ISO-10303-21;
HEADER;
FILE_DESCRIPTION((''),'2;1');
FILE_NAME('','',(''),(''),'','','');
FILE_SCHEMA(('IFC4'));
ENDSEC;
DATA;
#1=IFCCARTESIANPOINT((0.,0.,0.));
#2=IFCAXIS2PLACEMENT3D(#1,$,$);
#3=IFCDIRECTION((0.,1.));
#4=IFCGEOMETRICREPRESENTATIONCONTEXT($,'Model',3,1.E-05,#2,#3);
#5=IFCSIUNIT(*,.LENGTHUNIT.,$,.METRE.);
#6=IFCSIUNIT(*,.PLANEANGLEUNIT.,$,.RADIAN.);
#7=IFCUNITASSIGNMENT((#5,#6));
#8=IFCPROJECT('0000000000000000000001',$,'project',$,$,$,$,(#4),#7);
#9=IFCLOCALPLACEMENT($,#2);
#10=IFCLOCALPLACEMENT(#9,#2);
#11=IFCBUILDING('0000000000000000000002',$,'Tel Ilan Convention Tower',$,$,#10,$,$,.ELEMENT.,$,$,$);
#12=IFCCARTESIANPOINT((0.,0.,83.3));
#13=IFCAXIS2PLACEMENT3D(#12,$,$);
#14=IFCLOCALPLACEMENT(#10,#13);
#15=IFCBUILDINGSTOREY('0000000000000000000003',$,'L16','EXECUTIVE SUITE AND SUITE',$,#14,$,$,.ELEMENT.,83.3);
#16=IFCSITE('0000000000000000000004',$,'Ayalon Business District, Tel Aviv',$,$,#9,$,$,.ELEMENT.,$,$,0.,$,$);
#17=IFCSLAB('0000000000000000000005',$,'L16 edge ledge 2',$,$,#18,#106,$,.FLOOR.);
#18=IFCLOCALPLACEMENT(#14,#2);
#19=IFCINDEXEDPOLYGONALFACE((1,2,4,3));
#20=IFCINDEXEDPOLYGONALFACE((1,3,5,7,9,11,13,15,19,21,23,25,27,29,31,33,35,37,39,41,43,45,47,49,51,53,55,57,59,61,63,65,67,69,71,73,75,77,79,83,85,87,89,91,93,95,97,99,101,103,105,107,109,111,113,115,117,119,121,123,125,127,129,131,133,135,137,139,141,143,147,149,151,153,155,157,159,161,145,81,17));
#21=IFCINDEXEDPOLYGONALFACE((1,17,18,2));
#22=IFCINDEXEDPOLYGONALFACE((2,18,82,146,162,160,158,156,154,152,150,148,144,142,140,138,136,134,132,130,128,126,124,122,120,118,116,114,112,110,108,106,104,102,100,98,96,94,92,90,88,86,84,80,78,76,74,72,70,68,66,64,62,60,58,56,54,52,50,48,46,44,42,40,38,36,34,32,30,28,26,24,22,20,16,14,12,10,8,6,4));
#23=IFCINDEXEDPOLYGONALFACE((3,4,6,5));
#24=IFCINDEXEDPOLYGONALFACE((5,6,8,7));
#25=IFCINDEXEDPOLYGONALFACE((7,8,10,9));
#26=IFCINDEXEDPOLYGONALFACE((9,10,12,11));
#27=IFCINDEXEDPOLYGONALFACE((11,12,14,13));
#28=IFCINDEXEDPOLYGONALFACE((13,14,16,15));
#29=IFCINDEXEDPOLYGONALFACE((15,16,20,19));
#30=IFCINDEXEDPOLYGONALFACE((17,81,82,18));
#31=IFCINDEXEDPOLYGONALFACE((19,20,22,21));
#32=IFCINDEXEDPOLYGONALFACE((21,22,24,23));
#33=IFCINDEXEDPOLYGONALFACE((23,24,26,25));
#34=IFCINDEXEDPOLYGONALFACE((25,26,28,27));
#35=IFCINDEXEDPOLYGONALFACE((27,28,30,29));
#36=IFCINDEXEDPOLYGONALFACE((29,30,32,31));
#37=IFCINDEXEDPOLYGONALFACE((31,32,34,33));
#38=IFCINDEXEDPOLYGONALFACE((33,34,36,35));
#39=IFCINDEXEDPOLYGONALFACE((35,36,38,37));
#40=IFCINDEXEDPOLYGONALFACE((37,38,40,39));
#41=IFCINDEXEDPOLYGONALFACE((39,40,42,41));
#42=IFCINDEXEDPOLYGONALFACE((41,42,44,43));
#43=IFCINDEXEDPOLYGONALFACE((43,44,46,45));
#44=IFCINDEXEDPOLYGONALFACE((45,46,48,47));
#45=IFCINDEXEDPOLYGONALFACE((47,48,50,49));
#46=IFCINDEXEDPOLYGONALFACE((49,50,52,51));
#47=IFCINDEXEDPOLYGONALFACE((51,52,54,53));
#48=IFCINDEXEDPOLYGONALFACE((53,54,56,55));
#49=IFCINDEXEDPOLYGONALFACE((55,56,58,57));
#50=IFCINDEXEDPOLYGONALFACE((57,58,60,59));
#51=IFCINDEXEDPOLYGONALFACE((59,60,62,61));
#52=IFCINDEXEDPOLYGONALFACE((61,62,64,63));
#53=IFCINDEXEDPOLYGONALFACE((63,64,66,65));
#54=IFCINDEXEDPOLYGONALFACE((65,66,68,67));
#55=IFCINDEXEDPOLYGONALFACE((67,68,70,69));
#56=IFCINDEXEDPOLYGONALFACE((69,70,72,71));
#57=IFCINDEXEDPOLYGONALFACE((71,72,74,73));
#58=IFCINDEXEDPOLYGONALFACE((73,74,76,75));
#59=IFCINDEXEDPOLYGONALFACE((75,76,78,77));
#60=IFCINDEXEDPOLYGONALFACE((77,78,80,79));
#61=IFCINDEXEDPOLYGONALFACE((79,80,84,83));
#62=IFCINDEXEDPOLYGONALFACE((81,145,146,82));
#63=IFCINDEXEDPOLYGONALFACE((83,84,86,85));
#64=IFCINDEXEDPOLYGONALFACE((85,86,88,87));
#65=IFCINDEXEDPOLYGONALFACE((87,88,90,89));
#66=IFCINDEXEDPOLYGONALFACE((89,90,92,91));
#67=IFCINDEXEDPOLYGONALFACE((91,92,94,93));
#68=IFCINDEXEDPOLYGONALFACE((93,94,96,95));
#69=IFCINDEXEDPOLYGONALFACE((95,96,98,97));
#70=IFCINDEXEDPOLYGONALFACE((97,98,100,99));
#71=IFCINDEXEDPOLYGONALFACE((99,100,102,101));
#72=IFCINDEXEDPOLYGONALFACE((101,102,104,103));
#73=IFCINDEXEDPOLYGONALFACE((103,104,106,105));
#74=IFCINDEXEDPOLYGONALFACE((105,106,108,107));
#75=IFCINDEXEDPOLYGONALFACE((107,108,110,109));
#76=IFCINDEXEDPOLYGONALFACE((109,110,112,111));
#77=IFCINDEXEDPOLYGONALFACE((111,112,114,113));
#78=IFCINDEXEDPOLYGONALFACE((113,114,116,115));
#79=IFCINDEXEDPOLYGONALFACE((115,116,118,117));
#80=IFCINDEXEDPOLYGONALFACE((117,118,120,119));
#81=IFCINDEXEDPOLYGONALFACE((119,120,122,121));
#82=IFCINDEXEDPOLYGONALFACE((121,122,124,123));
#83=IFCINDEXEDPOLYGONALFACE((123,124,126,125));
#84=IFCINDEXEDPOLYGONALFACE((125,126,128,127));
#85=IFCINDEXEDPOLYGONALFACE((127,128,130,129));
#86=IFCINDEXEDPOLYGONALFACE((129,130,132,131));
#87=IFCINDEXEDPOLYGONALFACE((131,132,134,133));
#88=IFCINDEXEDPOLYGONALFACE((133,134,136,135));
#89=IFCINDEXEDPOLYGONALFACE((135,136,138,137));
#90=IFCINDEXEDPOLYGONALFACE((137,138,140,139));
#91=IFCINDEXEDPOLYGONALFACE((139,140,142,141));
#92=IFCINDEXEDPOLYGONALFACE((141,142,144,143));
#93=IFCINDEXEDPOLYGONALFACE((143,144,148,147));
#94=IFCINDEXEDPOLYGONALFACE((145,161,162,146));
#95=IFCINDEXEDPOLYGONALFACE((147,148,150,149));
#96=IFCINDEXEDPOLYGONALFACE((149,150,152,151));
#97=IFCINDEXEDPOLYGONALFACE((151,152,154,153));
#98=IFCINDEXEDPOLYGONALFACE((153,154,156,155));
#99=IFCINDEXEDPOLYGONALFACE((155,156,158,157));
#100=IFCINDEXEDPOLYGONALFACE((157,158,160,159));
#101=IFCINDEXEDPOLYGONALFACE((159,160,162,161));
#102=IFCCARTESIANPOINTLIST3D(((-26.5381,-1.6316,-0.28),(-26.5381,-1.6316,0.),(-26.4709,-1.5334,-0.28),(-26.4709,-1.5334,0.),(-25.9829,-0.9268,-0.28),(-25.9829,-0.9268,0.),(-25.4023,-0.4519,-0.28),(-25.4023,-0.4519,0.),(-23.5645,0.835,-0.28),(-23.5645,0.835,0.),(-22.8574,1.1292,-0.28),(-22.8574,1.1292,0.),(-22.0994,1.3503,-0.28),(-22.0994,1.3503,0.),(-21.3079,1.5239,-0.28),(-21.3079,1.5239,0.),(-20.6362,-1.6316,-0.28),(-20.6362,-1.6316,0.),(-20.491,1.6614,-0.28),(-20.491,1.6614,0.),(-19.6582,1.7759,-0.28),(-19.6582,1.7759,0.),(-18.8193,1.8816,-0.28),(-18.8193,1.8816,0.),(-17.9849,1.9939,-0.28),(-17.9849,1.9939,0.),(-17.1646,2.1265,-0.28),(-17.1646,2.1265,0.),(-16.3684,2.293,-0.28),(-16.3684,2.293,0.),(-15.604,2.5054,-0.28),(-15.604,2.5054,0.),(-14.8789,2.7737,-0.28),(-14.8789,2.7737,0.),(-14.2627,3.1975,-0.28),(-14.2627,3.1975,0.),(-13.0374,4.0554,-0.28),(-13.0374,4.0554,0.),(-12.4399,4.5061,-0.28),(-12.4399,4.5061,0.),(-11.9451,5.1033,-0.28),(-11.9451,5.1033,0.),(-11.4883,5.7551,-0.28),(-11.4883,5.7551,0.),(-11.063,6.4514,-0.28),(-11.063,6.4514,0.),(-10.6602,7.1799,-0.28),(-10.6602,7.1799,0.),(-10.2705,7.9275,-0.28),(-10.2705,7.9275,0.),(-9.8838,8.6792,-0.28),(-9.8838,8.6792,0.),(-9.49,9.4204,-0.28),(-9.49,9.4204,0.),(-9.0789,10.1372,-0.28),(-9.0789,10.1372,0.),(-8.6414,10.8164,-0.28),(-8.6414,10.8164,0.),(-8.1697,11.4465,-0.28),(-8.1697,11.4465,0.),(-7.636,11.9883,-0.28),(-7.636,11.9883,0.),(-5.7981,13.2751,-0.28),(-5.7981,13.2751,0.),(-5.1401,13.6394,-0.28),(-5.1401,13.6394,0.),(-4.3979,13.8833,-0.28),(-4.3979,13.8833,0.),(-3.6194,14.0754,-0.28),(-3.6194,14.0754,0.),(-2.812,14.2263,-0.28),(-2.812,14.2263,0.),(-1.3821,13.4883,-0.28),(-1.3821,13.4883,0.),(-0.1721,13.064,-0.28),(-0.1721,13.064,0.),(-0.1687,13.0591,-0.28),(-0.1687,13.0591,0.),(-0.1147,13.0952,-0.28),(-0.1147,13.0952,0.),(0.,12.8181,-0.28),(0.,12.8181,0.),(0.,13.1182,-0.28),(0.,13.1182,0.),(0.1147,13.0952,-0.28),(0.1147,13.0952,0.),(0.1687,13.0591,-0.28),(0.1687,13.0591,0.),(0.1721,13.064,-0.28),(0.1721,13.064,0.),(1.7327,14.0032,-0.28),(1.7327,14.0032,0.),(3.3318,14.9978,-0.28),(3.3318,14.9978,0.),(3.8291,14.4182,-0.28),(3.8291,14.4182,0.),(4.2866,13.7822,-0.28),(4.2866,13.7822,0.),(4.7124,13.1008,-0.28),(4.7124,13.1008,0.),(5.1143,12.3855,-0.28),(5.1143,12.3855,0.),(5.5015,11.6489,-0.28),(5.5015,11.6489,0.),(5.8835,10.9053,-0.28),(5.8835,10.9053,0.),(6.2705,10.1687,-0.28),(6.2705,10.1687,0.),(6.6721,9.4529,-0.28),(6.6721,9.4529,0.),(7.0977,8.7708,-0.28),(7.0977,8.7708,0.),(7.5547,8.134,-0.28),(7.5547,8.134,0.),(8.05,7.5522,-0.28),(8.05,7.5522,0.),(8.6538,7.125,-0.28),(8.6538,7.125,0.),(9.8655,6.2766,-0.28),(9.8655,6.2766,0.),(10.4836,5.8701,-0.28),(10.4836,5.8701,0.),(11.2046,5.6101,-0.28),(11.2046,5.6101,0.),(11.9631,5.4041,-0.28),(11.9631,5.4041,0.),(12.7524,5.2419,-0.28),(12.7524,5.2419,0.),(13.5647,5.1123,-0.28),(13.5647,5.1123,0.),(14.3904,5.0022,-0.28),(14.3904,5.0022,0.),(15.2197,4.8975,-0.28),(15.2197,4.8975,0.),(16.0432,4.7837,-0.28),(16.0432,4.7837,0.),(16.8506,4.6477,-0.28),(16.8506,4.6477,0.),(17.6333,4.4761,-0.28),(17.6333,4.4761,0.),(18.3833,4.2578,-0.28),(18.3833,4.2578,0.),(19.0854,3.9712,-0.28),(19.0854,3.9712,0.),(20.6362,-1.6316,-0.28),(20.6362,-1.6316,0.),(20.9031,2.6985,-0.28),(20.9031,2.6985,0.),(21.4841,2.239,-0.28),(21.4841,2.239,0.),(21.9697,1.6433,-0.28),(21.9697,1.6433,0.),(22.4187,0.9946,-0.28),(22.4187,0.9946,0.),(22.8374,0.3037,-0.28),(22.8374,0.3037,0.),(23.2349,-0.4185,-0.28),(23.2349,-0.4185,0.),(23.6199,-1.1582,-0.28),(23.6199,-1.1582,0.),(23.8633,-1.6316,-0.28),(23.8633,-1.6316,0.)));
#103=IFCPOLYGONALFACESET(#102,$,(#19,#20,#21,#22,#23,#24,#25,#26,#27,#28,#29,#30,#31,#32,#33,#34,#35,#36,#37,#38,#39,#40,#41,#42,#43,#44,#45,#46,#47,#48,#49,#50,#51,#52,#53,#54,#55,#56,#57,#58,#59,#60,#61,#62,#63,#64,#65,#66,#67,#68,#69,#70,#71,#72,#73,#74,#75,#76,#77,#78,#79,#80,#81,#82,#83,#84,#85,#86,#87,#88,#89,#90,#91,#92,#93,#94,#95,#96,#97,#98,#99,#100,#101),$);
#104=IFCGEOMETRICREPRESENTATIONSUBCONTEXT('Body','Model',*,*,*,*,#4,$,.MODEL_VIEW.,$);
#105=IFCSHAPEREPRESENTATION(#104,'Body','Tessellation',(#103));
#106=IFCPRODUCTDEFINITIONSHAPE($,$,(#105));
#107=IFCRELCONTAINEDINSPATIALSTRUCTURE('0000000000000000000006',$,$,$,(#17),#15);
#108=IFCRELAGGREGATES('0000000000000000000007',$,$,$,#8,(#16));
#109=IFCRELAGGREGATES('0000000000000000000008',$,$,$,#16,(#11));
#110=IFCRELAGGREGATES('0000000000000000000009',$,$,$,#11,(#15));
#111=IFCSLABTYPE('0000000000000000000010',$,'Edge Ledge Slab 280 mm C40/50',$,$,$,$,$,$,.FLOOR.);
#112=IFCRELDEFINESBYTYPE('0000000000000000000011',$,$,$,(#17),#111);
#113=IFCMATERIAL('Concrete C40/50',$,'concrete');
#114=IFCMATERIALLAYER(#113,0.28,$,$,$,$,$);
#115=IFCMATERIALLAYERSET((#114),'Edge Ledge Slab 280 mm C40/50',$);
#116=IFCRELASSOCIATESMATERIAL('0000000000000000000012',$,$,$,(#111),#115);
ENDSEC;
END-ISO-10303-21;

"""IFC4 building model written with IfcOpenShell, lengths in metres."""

from ifc_helpers import new_model, si_unit, direction, frame, origin, place, context, subcontext, project, spatial, polyline, outline, extrude, material, layer, layer_set, type_object, element, save


model = new_model("IFC4")

# Units and contexts
model_context = context("Model", 3, precision=1e-05, world=origin(), true_north=direction((0.0, 1.0)))
body_context = subcontext(model_context, "Body", "Model", "MODEL_VIEW")
ifc_project = project(units=[si_unit("LENGTHUNIT", "METRE"), si_unit("PLANEANGLEUNIT", "RADIAN")], contexts=[model_context])

# Site, building, storey
site_placement = place(None, origin())
site = spatial("IfcSite", under=ifc_project, at=site_placement, Name="Ayalon Business District, Tel Aviv", CompositionType="ELEMENT", RefElevation=0.0)
building_placement = place(site_placement, origin())
building = spatial("IfcBuilding", under=site, at=building_placement, Name="Tel Ilan Convention Tower", CompositionType="ELEMENT")
storey_placement = place(building_placement, frame((0.0, 0.0, 83.3)))
storey = spatial("IfcBuildingStorey", under=building, at=storey_placement, Name="L16", Description="EXECUTIVE SUITE AND SUITE", CompositionType="ELEMENT", Elevation=83.3)

# Slab
ifc_material_1 = material(Name="Concrete C40/50", Category="concrete")
ifc_layer_1 = layer(ifc_material_1, 0.28)
ifc_layer_set_1 = layer_set([ifc_layer_1], Name="Edge Ledge Slab 280 mm C40/50")
slab_type_1 = type_object("IfcSlabType", Name="Edge Ledge Slab 280 mm C40/50", PredefinedType="FLOOR", material=ifc_layer_set_1)
slab_1_placement = place(storey_placement, frame((0.0, 0.0, -0.28)))
element("IfcSlab", 1, at=slab_1_placement, inside=storey, type_object=slab_type_1, Name="L16 edge ledge 2", PredefinedType="FLOOR", context=body_context, shape_type="SweptSolid", body=[
    extrude(outline(polyline([(-23.5645, 0.835), (-22.8574, 1.1292), (-22.0994, 1.3503), (-21.3079, 1.5239), (-20.491, 1.6614), (-19.6582, 1.7759), (-18.8193, 1.8816), (-17.9849, 1.9939), (-17.1646, 2.1265), (-16.3684, 2.293), (-15.604, 2.5054), (-14.8789, 2.7737), (-14.2627, 3.1975), (-13.0374, 4.0554), (-12.4399, 4.5061), (-11.9451, 5.1033), (-11.4883, 5.7551), (-11.063, 6.4514), (-10.6602, 7.1799), (-10.2705, 7.9275), (-9.8838, 8.6792), (-9.49, 9.4204), (-9.0789, 10.1372), (-8.6414, 10.8164), (-8.1697, 11.4465), (-7.636, 11.9883), (-5.7981, 13.2751), (-5.1401, 13.6394), (-4.3979, 13.8833), (-3.6194, 14.0754), (-2.812, 14.2263), (-1.3821, 13.4883), (-0.1721, 13.064), (-0.1687, 13.0591), (-0.1147, 13.0952), (0.0, 13.1182), (0.1147, 13.0952), (0.1687, 13.0591), (0.1721, 13.064), (1.7327, 14.0032), (3.3318, 14.9978), (3.8291, 14.4182), (4.2866, 13.7822), (4.7124, 13.1008), (5.1143, 12.3855), (5.5015, 11.6489), (5.8835, 10.9053), (6.2705, 10.1687), (6.6721, 9.4529), (7.0977, 8.7708), (7.5547, 8.134), (8.05, 7.5522), (8.6538, 7.125), (9.8655, 6.2766), (10.4836, 5.8701), (11.2046, 5.6101), (11.9631, 5.4041), (12.7524, 5.2419), (13.5647, 5.1123), (14.3904, 5.0022), (15.2197, 4.8975), (16.0432, 4.7837), (16.8506, 4.6477), (17.6333, 4.4761), (18.3833, 4.2578), (19.0854, 3.9712), (20.9031, 2.6985), (21.4841, 2.239), (21.9697, 1.6433), (22.4187, 0.9946), (22.8374, 0.3037), (23.2349, -0.4185), (23.6199, -1.1582), (23.8633, -1.6316), (20.6362, -1.6316), (0.0, 12.8181), (-20.6362, -1.6316), (-26.5381, -1.6316), (-26.4709, -1.5334), (-25.9829, -0.9268), (-25.4023, -0.4519), (-23.5645, 0.835)])), origin(), (0.0, 0.0, 1.0), 0.28),
])

save(model, "model.ifc")
